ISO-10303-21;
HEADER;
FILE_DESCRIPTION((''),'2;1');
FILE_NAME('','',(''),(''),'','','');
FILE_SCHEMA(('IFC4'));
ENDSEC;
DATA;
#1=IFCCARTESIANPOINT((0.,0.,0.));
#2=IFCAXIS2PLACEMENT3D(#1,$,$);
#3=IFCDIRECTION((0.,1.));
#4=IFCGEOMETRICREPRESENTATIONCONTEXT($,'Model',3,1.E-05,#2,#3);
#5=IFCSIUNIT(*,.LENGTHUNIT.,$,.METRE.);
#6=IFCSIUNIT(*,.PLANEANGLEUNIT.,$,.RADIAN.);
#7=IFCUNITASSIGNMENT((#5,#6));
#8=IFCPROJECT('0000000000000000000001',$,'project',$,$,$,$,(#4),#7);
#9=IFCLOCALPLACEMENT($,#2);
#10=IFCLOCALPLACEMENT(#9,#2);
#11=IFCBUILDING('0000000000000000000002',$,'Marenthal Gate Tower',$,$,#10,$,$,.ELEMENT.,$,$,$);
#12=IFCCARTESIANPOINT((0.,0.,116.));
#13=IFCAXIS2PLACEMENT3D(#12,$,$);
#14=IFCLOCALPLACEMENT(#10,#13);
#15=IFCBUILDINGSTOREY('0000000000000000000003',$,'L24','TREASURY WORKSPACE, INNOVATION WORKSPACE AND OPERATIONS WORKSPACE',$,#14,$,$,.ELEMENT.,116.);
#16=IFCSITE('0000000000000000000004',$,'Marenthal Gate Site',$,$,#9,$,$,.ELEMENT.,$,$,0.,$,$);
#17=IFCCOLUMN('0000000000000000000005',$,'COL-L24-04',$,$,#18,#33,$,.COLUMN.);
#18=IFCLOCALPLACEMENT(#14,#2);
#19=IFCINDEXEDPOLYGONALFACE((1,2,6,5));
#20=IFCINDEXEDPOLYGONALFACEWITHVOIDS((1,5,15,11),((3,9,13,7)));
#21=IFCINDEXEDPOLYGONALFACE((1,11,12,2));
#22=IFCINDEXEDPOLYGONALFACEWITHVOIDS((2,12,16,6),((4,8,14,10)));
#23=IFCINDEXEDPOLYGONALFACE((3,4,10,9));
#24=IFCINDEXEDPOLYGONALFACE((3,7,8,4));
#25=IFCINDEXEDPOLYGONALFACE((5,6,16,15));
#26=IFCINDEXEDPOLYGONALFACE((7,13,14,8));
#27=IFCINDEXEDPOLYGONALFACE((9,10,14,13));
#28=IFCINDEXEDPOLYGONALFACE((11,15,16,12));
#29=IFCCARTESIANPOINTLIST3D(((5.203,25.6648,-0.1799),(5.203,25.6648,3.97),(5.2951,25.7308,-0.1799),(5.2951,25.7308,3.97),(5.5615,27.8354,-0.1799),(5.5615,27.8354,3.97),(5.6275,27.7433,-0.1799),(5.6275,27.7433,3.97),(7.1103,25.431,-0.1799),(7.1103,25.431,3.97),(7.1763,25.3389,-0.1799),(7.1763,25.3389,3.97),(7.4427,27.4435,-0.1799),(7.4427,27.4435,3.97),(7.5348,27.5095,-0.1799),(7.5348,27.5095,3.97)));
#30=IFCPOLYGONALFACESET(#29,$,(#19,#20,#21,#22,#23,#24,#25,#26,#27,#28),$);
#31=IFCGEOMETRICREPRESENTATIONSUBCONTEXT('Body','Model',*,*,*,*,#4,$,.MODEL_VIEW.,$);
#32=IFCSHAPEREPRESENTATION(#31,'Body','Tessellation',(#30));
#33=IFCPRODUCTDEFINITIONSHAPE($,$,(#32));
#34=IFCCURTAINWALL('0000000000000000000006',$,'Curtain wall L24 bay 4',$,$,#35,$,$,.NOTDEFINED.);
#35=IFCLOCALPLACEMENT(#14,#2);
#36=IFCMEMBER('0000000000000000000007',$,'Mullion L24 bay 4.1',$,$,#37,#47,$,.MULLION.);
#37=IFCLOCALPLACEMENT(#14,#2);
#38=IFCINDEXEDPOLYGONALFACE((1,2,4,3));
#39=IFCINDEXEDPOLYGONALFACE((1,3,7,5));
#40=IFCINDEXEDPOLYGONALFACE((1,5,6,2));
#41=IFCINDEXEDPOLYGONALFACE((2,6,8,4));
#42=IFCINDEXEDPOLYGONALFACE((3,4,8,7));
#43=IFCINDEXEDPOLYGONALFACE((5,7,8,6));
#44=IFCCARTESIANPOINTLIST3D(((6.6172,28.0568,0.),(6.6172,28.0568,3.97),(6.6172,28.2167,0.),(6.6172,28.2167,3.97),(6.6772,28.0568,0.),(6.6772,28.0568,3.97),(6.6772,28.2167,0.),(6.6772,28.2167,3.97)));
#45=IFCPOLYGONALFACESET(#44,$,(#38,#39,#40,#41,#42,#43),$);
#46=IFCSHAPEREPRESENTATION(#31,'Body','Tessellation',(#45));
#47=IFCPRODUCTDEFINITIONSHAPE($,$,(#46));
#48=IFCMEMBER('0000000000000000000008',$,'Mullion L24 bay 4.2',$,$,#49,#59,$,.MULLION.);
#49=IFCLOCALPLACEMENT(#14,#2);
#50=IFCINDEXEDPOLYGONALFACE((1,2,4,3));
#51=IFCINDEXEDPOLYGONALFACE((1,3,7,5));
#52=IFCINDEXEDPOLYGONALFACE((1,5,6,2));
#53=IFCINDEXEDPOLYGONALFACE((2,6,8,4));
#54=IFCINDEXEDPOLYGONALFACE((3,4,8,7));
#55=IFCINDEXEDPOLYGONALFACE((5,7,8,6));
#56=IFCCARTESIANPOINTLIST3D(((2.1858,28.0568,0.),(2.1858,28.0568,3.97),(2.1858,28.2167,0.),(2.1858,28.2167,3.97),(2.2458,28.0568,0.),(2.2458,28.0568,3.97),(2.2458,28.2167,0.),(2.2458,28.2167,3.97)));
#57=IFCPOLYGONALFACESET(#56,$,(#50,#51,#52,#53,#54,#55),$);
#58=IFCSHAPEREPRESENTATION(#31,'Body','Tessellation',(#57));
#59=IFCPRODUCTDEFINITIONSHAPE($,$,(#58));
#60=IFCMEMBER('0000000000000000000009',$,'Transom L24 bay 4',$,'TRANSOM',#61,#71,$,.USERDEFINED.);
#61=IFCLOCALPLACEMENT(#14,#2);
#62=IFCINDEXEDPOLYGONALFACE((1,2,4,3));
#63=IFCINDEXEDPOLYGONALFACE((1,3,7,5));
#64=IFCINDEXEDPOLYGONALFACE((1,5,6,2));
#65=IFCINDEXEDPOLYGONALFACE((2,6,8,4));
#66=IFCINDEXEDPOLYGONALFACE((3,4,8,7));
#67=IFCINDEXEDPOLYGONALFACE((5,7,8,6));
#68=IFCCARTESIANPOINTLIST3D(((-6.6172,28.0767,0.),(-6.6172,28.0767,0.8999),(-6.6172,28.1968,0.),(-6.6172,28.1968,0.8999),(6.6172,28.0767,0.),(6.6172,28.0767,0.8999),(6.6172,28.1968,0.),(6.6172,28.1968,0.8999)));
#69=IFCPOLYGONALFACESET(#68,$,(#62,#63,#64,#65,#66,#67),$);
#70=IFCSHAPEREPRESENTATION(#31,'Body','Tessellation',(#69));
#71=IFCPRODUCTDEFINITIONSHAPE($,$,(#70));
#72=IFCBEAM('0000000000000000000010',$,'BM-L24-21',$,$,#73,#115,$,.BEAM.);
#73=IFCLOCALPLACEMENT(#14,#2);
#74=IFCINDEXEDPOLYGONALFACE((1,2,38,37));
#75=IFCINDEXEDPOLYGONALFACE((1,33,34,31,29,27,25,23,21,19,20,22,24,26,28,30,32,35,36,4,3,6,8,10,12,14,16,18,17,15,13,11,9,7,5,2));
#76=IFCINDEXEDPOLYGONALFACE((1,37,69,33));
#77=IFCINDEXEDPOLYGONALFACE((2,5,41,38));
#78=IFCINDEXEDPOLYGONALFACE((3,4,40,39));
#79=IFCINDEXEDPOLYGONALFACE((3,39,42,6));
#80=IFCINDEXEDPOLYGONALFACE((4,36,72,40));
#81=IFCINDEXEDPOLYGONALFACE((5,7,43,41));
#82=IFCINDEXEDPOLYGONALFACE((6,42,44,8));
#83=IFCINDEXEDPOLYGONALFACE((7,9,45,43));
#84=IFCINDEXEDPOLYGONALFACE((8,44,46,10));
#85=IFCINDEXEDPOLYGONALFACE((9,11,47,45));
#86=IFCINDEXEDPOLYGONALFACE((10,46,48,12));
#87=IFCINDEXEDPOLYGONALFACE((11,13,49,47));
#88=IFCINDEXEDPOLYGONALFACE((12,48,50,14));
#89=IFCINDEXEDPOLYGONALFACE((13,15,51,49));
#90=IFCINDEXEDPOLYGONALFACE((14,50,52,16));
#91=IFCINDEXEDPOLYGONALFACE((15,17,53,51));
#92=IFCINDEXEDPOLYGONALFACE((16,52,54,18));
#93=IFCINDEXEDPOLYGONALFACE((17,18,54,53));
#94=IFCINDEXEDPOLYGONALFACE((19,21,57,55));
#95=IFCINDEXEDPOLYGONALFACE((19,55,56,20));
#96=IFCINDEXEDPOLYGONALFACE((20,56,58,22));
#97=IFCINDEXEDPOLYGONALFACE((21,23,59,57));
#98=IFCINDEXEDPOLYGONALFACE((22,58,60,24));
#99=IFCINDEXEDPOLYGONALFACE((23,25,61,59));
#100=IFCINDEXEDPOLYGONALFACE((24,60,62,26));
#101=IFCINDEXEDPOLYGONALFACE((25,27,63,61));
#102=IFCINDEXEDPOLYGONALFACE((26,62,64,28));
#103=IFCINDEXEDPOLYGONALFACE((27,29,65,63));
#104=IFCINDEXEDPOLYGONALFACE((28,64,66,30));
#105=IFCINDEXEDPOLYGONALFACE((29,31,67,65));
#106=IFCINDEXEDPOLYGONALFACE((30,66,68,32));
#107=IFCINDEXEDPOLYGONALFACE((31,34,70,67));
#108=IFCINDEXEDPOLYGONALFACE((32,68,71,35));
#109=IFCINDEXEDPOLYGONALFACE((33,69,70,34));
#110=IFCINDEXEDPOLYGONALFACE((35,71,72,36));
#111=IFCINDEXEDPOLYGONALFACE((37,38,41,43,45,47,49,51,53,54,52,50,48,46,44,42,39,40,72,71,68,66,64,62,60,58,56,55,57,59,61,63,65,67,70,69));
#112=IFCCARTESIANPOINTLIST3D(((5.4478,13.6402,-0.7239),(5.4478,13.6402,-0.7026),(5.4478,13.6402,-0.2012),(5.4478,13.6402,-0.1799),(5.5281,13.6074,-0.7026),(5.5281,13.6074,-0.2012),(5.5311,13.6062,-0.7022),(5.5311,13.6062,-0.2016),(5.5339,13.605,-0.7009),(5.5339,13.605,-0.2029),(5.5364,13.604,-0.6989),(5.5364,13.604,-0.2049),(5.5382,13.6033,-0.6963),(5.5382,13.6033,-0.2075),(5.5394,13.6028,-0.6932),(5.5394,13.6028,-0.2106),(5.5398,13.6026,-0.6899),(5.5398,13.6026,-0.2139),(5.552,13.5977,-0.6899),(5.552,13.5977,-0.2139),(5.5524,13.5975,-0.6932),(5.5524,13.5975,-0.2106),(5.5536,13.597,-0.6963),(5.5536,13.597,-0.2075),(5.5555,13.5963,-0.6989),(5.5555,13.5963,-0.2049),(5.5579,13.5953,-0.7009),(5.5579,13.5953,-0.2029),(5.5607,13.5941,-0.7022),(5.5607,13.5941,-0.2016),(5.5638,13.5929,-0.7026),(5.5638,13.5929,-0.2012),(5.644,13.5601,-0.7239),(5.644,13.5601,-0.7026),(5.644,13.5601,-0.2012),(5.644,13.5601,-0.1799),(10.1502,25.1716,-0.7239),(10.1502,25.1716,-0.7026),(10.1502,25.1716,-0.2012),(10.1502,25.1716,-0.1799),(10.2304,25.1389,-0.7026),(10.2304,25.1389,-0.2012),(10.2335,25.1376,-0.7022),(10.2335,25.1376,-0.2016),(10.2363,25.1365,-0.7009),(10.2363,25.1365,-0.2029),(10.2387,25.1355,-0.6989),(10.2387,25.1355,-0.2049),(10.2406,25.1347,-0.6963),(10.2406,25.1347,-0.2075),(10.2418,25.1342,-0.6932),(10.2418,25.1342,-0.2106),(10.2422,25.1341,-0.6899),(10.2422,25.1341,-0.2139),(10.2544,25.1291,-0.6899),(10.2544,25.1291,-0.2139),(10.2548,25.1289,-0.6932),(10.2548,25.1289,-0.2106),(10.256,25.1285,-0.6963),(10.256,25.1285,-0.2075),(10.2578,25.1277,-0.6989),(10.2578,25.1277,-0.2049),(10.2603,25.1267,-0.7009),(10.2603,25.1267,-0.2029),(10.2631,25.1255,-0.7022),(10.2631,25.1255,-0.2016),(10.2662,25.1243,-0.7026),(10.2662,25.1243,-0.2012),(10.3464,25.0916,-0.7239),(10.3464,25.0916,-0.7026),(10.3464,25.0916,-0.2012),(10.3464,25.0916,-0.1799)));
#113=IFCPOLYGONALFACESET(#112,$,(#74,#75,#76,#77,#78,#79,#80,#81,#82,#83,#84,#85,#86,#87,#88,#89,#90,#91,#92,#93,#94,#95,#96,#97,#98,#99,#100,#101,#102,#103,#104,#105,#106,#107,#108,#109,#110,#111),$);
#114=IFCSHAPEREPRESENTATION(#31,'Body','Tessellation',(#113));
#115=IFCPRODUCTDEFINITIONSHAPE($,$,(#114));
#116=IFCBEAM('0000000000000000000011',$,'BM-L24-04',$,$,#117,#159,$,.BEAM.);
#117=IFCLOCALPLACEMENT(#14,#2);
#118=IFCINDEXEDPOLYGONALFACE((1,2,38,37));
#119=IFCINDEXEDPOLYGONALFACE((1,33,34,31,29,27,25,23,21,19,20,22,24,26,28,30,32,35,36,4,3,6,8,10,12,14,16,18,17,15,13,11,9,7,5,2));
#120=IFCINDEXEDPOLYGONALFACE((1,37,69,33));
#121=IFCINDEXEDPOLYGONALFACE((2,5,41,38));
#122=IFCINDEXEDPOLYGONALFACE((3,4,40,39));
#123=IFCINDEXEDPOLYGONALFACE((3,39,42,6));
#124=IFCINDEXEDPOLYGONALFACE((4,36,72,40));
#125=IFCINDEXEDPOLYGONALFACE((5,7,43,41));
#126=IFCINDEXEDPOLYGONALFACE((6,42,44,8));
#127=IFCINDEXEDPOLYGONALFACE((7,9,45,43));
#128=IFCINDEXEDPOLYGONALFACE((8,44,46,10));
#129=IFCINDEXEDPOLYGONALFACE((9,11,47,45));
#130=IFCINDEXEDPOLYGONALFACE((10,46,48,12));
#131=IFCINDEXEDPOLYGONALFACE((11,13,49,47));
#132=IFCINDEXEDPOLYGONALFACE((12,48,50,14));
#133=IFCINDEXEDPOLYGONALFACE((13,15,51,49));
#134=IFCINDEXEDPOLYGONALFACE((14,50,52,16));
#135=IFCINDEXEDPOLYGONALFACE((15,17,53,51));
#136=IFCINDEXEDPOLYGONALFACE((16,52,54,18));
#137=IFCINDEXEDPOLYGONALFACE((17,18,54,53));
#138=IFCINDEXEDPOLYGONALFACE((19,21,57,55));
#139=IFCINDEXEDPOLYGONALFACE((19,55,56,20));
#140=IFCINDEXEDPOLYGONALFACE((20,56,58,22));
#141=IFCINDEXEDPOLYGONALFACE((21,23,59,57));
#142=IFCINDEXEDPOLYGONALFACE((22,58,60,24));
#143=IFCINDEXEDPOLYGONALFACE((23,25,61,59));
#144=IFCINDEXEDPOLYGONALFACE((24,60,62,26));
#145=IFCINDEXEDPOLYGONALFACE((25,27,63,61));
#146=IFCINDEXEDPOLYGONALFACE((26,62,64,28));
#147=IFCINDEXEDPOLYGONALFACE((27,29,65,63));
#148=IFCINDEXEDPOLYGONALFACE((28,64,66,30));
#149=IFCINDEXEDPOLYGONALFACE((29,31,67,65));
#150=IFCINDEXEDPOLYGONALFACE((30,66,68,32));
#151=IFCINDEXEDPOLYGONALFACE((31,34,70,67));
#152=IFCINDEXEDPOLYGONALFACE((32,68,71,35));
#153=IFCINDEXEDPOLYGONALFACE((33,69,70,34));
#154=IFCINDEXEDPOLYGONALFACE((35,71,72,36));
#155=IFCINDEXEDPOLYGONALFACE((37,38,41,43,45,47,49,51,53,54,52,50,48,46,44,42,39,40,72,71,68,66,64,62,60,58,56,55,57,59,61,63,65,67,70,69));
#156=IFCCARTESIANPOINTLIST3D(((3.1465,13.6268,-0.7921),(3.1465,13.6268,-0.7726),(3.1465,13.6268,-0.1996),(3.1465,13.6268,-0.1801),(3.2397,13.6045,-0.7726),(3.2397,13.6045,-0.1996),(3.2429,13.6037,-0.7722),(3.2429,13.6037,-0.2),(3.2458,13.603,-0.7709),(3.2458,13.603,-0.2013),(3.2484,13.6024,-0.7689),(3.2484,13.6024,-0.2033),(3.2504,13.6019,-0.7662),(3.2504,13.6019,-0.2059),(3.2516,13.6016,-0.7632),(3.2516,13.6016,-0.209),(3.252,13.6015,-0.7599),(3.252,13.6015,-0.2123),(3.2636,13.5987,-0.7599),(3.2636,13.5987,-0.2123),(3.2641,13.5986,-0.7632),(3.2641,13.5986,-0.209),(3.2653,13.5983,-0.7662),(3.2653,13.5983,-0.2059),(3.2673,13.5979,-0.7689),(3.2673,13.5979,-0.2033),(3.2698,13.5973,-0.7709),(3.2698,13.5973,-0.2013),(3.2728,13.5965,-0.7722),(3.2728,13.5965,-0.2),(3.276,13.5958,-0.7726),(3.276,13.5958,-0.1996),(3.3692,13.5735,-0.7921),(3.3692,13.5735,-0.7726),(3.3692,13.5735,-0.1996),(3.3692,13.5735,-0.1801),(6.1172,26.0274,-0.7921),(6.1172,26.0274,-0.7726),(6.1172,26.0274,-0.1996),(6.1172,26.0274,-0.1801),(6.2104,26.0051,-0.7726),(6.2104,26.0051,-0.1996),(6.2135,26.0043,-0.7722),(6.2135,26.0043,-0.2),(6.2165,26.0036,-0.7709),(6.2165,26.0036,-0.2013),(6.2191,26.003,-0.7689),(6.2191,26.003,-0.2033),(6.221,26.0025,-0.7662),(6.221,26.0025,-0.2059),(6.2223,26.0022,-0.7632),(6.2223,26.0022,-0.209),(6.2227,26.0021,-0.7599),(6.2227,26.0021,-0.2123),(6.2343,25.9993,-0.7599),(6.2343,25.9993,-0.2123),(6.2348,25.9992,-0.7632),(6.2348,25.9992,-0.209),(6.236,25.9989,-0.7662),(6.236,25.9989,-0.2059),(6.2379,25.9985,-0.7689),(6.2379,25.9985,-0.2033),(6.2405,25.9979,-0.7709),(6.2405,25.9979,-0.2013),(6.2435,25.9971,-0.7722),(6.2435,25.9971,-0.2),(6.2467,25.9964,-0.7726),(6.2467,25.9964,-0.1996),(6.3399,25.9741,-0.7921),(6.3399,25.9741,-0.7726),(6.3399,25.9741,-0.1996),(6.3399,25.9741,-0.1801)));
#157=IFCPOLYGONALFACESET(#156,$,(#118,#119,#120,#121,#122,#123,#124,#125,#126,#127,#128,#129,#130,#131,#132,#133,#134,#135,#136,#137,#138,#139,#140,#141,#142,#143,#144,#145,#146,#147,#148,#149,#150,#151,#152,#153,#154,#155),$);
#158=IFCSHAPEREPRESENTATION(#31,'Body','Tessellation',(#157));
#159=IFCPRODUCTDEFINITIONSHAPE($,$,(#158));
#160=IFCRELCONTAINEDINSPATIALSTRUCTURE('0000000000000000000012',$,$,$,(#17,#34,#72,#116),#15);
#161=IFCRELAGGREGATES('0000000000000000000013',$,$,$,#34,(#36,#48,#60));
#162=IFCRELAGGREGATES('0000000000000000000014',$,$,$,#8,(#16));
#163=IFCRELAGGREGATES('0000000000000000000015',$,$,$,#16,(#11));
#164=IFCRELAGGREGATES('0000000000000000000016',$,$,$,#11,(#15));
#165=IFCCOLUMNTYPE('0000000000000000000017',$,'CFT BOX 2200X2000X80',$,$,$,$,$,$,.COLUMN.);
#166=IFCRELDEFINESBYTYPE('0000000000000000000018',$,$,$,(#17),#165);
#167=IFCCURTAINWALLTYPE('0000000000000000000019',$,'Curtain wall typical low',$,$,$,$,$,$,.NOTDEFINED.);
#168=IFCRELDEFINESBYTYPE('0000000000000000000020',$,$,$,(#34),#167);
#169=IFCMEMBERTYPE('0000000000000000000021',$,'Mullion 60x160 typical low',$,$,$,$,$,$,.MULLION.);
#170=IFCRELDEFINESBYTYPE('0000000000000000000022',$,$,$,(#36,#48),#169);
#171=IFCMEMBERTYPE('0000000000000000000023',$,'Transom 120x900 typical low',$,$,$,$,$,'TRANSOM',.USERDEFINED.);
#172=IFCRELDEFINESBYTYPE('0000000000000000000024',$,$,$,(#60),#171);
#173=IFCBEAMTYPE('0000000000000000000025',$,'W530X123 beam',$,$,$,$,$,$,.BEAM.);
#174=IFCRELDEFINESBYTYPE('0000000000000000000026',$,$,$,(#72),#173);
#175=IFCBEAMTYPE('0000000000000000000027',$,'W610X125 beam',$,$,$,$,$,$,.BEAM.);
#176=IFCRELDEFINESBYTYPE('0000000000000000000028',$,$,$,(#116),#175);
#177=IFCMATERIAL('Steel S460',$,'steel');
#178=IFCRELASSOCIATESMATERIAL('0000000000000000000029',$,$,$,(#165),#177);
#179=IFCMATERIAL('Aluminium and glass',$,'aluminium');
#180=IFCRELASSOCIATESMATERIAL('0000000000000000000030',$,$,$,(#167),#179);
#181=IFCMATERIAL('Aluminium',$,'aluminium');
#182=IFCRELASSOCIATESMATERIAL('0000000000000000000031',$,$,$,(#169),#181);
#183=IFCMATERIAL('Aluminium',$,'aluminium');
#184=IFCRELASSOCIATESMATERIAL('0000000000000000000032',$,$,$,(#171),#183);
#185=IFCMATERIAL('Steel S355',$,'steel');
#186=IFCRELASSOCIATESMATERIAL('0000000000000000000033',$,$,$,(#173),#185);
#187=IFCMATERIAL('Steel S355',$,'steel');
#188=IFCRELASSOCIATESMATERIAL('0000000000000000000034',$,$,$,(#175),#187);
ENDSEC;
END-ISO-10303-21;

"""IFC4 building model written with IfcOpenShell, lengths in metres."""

from ifc_helpers import new_model, si_unit, direction, frame, origin, origin_2d, place, context, subcontext, project, spatial, rectangle, hollow_rectangle, i_section, extrude, material, material_profile, profile_set, type_object, element, aggregate, save


model = new_model("IFC4")

# Units and contexts
model_context = context("Model", 3, precision=1e-05, world=origin(), true_north=direction((0.0, 1.0)))
body_context = subcontext(model_context, "Body", "Model", "MODEL_VIEW")
ifc_project = project(units=[si_unit("LENGTHUNIT", "METRE"), si_unit("PLANEANGLEUNIT", "RADIAN")], contexts=[model_context])

# Site, building, storey
site_placement = place(None, origin())
site = spatial("IfcSite", under=ifc_project, at=site_placement, Name="Marenthal Gate Site", CompositionType="ELEMENT", RefElevation=0.0)
building_placement = place(site_placement, origin())
building = spatial("IfcBuilding", under=site, at=building_placement, Name="Marenthal Gate Tower", CompositionType="ELEMENT")
storey_placement = place(building_placement, frame((0.0, 0.0, 116.0)))
storey = spatial("IfcBuildingStorey", under=building, at=storey_placement, Name="L24", Description="TREASURY WORKSPACE, INNOVATION WORKSPACE AND OPERATIONS WORKSPACE", CompositionType="ELEMENT", Elevation=116.0)

# Column
ifc_material_1 = material(Name="Steel S460", Category="steel")
ifc_material_profile_1 = material_profile(ifc_material_1, hollow_rectangle(XDim=2.0, YDim=2.2, WallThickness=0.0801, at=origin_2d()), Name="CFT BOX 2200X2000X80")
ifc_material_2 = material(Name="Concrete 70 MPa", Category="concrete")
ifc_material_profile_2 = material_profile(ifc_material_2, rectangle(XDim=1.8401, YDim=2.04, at=origin_2d()), Name="CFT BOX 2200X2000X80 INFILL")
ifc_profile_set_1 = profile_set([ifc_material_profile_1, ifc_material_profile_2], Name="Steel S460 shell, Concrete 70 MPa infill")
column_type = type_object("IfcColumnType", Name="CFT BOX 2200X2000X80", PredefinedType="COLUMN", material=ifc_profile_set_1)
column_placement = place(storey_placement, frame((6.3689, 26.5872, -0.1799), z_axis=(0.0, 0.0, 1.0), x_axis=(0.986633, -0.162961, 0.0)))
element("IfcColumn", 1, at=column_placement, inside=storey, type_object=column_type, Name="COL-L24-04", PredefinedType="COLUMN", context=body_context, shape_type="SweptSolid", body=[
    extrude(hollow_rectangle(XDim=2.0, YDim=2.2, WallThickness=0.0801, at=origin_2d()), origin(), (0.0, 0.0, 1.0), 4.1499),
])

# Curtain wall, members
ifc_material_3 = material(Name="Aluminium and glass", Category="aluminium")
curtain_wall_type = type_object("IfcCurtainWallType", Name="Curtain wall typical low", PredefinedType="NOTDEFINED", material=ifc_material_3)
curtain_wall_placement = place(storey_placement, origin())
curtain_wall = element("IfcCurtainWall", 2, at=curtain_wall_placement, inside=storey, type_object=curtain_wall_type, Name="Curtain wall L24 bay 4", PredefinedType="NOTDEFINED")
ifc_material_4 = material(Name="Aluminium", Category="aluminium")
ifc_material_profile_3 = material_profile(ifc_material_4, rectangle(XDim=0.1599, YDim=0.0601, at=origin_2d()), Name="60x160 aluminium mullion")
ifc_profile_set_2 = profile_set([ifc_material_profile_3], Name="Aluminium")
member_type_1 = type_object("IfcMemberType", Name="Mullion 60x160 typical low", PredefinedType="MULLION", material=ifc_profile_set_2)
member_1_placement = place(storey_placement, frame((6.6472, 28.1367, 0.0), z_axis=(0.0, 0.0, 1.0), x_axis=(0.0, -1.0, 0.0)))
member_1 = element("IfcMember", 3, at=member_1_placement, type_object=member_type_1, Name="Mullion L24 bay 4.1", PredefinedType="MULLION", context=body_context, shape_type="SweptSolid", body=[
    extrude(rectangle(XDim=0.1599, YDim=0.0601, at=origin_2d()), origin(), (0.0, 0.0, 1.0), 3.97),
])
member_2_placement = place(storey_placement, frame((2.2158, 28.1367, 0.0), z_axis=(0.0, 0.0, 1.0), x_axis=(0.0, -1.0, 0.0)))
member_2 = element("IfcMember", 4, at=member_2_placement, type_object=member_type_1, Name="Mullion L24 bay 4.2", PredefinedType="MULLION", context=body_context, shape_type="SweptSolid", body=[
    extrude(rectangle(XDim=0.1599, YDim=0.0601, at=origin_2d()), origin(), (0.0, 0.0, 1.0), 3.97),
])
ifc_material_5 = material(Name="Aluminium", Category="aluminium")
ifc_material_profile_4 = material_profile(ifc_material_5, rectangle(XDim=0.1201, YDim=0.8999, at=origin_2d()), Name="120x900 aluminium transom")
ifc_profile_set_3 = profile_set([ifc_material_profile_4], Name="Aluminium")
member_type_2 = type_object("IfcMemberType", Name="Transom 120x900 typical low", ElementType="TRANSOM", PredefinedType="USERDEFINED", material=ifc_profile_set_3)
member_3_placement = place(storey_placement, frame((6.6172, 28.1367, 0.45), z_axis=(-1.0, 0.0, 0.0), x_axis=(0.0, -1.0, 0.0)))
member_3 = element("IfcMember", 5, at=member_3_placement, type_object=member_type_2, Name="Transom L24 bay 4", ObjectType="TRANSOM", PredefinedType="USERDEFINED", context=body_context, shape_type="SweptSolid", body=[
    extrude(rectangle(XDim=0.1201, YDim=0.8999, at=origin_2d()), origin(), (0.0, 0.0, 1.0), 13.2344),
])

# Beams
ifc_material_6 = material(Name="Steel S355", Category="steel")
ifc_material_profile_5 = material_profile(ifc_material_6, i_section(OverallWidth=0.2119, OverallDepth=0.5439, WebThickness=0.0132, FlangeThickness=0.0212, FilletRadius=0.0127, at=origin_2d()), Name="W530X123")
ifc_profile_set_4 = profile_set([ifc_material_profile_5], Name="Steel S355")
beam_type_1 = type_object("IfcBeamType", Name="W530X123 beam", PredefinedType="BEAM", material=ifc_profile_set_4)
beam_1_placement = place(storey_placement, frame((10.2483, 25.1316, -0.4519), z_axis=(-0.377598, -0.92597, 0.0), x_axis=(0.92597, -0.377598, 0.0)))
element("IfcBeam", 6, at=beam_1_placement, inside=storey, type_object=beam_type_1, Name="BM-L24-21", PredefinedType="BEAM", context=body_context, shape_type="SweptSolid", body=[
    extrude(i_section(OverallWidth=0.2119, OverallDepth=0.5439, WebThickness=0.0132, FlangeThickness=0.0212, FilletRadius=0.0127, at=origin_2d()), origin(), (0.0, 0.0, 1.0), 12.4534),
])
ifc_material_7 = material(Name="Steel S355", Category="steel")
ifc_material_profile_6 = material_profile(ifc_material_7, i_section(OverallWidth=0.229, OverallDepth=0.6121, WebThickness=0.012, FlangeThickness=0.0195, FilletRadius=0.0127, at=origin_2d()), Name="W610X125")
ifc_profile_set_5 = profile_set([ifc_material_profile_6], Name="Steel S355")
beam_type_2 = type_object("IfcBeamType", Name="W610X125 beam", PredefinedType="BEAM", material=ifc_profile_set_5)
beam_2_placement = place(storey_placement, frame((6.2285, 26.0007, -0.4861), z_axis=(-0.232969, -0.972484, 0.0), x_axis=(0.972484, -0.232969, 0.0)))
element("IfcBeam", 7, at=beam_2_placement, inside=storey, type_object=beam_type_2, Name="BM-L24-04", PredefinedType="BEAM", context=body_context, shape_type="SweptSolid", body=[
    extrude(i_section(OverallWidth=0.229, OverallDepth=0.6121, WebThickness=0.012, FlangeThickness=0.0195, FilletRadius=0.0127, at=origin_2d()), origin(), (0.0, 0.0, 1.0), 12.7515),
])

aggregate(curtain_wall, [member_1, member_2, member_3])

save(model, "model.ifc")
